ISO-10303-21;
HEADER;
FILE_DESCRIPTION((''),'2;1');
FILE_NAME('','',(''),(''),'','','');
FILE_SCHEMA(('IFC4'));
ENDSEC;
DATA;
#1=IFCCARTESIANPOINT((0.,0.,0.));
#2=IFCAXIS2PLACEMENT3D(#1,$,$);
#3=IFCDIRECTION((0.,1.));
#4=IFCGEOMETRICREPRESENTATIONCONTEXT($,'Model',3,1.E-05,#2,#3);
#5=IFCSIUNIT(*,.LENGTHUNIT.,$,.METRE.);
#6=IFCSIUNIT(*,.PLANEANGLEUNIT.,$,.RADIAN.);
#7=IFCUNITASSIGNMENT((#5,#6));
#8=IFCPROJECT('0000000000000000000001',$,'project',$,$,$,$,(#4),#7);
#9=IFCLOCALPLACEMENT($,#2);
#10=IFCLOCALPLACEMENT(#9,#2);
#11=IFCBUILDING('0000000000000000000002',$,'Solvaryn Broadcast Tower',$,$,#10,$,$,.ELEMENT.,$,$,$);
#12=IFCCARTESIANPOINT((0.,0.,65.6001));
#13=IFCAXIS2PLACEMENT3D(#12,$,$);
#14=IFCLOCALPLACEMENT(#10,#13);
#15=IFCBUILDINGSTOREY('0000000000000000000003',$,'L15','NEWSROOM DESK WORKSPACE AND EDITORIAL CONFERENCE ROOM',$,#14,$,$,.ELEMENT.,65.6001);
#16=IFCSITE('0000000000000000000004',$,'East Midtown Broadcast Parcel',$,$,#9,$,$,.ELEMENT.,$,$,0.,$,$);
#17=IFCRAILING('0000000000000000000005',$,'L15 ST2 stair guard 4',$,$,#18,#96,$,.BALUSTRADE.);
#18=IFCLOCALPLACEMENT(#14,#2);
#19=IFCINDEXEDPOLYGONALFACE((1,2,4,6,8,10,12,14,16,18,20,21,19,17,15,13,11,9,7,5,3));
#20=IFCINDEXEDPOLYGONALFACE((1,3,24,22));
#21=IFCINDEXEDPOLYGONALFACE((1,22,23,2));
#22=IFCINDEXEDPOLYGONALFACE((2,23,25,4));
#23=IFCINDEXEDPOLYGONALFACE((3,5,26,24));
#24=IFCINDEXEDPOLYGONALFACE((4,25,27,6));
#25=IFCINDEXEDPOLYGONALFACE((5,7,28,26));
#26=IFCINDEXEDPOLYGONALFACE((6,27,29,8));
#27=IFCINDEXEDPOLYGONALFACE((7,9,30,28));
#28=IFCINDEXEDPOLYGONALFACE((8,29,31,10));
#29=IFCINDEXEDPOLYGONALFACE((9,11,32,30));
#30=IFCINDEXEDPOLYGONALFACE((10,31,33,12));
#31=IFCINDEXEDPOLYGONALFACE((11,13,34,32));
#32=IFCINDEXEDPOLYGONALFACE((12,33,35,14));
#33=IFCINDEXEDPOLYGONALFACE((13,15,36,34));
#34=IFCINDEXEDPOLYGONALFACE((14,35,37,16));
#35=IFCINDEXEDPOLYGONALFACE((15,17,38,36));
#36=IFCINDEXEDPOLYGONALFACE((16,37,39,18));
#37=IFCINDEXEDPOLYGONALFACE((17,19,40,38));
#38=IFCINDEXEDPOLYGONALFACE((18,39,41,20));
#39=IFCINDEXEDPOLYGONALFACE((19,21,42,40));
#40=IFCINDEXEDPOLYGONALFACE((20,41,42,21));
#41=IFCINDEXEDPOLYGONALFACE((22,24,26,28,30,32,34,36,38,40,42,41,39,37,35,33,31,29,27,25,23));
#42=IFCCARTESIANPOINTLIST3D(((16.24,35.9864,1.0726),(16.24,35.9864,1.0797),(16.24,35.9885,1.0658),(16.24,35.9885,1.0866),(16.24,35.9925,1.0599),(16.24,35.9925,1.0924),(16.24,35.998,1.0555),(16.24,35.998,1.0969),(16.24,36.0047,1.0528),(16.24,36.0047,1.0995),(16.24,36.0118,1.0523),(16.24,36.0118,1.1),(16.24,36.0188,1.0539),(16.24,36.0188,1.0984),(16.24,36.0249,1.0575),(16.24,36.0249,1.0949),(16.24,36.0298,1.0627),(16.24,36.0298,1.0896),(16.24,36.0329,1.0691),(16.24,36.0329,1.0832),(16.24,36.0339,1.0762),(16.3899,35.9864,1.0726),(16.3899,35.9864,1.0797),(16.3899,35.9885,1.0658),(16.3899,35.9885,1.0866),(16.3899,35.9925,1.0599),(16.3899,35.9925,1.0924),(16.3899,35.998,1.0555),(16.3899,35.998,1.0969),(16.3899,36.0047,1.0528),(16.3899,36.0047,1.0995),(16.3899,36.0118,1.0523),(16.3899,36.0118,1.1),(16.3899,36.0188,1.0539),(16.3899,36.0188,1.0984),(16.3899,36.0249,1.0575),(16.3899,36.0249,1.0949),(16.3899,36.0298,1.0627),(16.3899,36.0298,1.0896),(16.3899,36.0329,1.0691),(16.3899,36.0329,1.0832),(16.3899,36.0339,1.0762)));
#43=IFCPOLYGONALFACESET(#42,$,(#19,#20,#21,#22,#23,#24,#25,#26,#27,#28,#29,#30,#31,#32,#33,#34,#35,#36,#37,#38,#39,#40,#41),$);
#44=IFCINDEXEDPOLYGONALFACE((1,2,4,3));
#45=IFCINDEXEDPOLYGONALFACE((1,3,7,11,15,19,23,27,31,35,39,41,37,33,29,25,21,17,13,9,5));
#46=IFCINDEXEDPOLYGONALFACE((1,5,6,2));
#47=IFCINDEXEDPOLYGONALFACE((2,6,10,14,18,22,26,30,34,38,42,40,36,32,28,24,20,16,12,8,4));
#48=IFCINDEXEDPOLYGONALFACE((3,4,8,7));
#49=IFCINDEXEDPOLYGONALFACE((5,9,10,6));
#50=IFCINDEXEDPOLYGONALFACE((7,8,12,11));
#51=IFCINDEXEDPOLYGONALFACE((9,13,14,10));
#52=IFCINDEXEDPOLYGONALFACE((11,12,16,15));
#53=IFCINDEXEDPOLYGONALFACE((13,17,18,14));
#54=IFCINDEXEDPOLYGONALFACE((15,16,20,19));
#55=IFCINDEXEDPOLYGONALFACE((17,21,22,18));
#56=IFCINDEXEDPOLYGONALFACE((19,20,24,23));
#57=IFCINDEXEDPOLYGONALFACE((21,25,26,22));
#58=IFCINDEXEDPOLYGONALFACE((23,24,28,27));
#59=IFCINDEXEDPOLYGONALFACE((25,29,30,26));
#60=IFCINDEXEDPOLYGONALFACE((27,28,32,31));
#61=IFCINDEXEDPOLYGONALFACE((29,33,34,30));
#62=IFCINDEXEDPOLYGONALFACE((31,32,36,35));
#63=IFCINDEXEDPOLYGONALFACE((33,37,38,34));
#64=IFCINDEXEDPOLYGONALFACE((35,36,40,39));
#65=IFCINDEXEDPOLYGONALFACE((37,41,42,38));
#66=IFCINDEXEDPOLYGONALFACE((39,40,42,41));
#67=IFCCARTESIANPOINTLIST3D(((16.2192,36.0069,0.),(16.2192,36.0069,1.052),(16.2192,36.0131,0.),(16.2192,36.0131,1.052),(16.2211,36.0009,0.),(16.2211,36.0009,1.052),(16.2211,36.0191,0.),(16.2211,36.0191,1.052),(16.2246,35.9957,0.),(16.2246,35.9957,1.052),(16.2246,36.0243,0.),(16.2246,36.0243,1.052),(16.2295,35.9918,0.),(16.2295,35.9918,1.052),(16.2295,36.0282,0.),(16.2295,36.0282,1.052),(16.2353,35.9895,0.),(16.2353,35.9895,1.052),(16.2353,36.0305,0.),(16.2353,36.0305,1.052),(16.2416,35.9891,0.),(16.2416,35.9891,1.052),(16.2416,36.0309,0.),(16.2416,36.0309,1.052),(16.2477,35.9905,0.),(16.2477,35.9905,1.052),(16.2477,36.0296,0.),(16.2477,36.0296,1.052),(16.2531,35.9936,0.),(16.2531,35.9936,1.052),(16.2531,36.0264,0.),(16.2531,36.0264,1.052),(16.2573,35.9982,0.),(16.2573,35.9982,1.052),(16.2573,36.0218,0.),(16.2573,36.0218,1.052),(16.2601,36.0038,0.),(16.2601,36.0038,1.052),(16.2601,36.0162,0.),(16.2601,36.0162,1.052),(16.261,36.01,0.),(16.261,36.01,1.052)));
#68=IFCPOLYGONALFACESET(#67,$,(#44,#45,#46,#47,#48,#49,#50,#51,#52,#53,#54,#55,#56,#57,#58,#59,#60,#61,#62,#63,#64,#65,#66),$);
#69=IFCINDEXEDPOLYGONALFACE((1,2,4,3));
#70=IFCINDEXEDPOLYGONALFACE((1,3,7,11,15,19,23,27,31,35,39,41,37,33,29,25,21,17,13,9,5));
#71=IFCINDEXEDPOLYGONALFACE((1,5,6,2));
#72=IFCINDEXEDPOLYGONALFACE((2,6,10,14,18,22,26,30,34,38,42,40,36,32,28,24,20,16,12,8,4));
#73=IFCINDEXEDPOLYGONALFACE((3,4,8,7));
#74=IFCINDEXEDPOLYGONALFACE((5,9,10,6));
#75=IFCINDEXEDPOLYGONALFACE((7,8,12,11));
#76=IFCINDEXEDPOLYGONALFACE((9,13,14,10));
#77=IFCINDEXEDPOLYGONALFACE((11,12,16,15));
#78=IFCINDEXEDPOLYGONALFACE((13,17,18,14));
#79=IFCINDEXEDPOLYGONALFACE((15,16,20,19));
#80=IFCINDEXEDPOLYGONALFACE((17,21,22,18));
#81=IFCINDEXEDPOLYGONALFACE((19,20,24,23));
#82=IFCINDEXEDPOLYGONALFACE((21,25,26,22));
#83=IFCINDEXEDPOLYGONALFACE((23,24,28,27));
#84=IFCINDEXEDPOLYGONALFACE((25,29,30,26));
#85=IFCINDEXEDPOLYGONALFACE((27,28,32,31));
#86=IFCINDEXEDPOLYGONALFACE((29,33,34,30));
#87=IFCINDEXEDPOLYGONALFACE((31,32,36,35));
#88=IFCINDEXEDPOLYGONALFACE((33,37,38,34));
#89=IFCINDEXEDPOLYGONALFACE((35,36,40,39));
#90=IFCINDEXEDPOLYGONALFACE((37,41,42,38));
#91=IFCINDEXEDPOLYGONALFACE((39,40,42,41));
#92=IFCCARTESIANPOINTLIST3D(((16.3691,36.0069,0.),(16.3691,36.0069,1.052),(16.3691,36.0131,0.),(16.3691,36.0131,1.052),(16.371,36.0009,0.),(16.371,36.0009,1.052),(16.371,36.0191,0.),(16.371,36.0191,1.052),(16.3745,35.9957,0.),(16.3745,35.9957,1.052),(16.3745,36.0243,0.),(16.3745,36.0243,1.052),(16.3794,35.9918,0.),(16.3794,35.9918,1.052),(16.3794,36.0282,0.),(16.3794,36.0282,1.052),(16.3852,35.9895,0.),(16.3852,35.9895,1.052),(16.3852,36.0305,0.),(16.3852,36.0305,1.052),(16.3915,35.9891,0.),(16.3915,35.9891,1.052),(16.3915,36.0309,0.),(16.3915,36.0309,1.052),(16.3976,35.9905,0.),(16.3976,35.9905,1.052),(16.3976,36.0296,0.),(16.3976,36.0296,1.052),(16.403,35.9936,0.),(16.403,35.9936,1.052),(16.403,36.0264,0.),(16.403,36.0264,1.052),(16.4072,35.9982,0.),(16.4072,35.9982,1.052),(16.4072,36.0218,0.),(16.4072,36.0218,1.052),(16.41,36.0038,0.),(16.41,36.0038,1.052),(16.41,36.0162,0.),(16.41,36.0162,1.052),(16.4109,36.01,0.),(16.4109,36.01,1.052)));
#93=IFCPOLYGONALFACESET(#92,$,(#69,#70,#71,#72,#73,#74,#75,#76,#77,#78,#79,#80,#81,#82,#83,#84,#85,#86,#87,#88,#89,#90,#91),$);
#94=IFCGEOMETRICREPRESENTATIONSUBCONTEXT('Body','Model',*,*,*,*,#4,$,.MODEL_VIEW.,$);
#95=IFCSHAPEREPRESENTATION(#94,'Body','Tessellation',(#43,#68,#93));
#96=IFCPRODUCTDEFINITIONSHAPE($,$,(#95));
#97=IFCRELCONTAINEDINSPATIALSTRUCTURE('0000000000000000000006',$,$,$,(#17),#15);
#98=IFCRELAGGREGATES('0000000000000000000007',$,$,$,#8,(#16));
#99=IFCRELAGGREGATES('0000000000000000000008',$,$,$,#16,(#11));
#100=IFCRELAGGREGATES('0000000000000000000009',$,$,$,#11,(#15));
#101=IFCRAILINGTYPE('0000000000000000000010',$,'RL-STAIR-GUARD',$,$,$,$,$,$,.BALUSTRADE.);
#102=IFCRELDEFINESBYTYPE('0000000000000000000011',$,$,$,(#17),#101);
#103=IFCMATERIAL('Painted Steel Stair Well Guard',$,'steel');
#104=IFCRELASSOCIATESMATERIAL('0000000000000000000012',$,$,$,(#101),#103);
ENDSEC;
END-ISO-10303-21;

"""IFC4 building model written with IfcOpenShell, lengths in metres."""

from ifc_helpers import new_model, si_unit, direction, frame, origin, origin_2d, place, context, subcontext, project, spatial, circle, extrude, material, type_object, element, save


model = new_model("IFC4")

# Units and contexts
model_context = context("Model", 3, precision=1e-05, world=origin(), true_north=direction((0.0, 1.0)))
body_context = subcontext(model_context, "Body", "Model", "MODEL_VIEW")
ifc_project = project(units=[si_unit("LENGTHUNIT", "METRE"), si_unit("PLANEANGLEUNIT", "RADIAN")], contexts=[model_context])

# Site, building, storey
site_placement = place(None, origin())
site = spatial("IfcSite", under=ifc_project, at=site_placement, Name="East Midtown Broadcast Parcel", CompositionType="ELEMENT", RefElevation=0.0)
building_placement = place(site_placement, origin())
building = spatial("IfcBuilding", under=site, at=building_placement, Name="Solvaryn Broadcast Tower", CompositionType="ELEMENT")
storey_placement = place(building_placement, frame((0.0, 0.0, 65.6001)))
storey = spatial("IfcBuildingStorey", under=building, at=storey_placement, Name="L15", Description="NEWSROOM DESK WORKSPACE AND EDITORIAL CONFERENCE ROOM", CompositionType="ELEMENT", Elevation=65.6001)

# Railing
ifc_material_1 = material(Name="Painted Steel Stair Well Guard", Category="steel")
railing_type_1 = type_object("IfcRailingType", Name="RL-STAIR-GUARD", PredefinedType="BALUSTRADE", material=ifc_material_1)
railing_1_placement = place(storey_placement, frame((16.24, 36.01, 0.0)))
element("IfcRailing", 1, at=railing_1_placement, inside=storey, type_object=railing_type_1, Name="L15 ST2 stair guard 4", PredefinedType="BALUSTRADE", context=body_context, shape_type="SweptSolid", body=[
    extrude(circle(Radius=0.0239, at=origin_2d()), frame((0.0, 0.0, 1.0762), z_axis=(1.0, 0.0, 0.0), x_axis=(0.0, 1.0, 0.0)), (0.0, 0.0, 1.0), 0.1499),
    extrude(circle(Radius=0.021, at=origin_2d()), origin(), (0.0, 0.0, 1.0), 1.052),
    extrude(circle(Radius=0.021, at=origin_2d()), frame((0.1499, 0.0, 0.0)), (0.0, 0.0, 1.0), 1.052),
])

save(model, "model.ifc")
